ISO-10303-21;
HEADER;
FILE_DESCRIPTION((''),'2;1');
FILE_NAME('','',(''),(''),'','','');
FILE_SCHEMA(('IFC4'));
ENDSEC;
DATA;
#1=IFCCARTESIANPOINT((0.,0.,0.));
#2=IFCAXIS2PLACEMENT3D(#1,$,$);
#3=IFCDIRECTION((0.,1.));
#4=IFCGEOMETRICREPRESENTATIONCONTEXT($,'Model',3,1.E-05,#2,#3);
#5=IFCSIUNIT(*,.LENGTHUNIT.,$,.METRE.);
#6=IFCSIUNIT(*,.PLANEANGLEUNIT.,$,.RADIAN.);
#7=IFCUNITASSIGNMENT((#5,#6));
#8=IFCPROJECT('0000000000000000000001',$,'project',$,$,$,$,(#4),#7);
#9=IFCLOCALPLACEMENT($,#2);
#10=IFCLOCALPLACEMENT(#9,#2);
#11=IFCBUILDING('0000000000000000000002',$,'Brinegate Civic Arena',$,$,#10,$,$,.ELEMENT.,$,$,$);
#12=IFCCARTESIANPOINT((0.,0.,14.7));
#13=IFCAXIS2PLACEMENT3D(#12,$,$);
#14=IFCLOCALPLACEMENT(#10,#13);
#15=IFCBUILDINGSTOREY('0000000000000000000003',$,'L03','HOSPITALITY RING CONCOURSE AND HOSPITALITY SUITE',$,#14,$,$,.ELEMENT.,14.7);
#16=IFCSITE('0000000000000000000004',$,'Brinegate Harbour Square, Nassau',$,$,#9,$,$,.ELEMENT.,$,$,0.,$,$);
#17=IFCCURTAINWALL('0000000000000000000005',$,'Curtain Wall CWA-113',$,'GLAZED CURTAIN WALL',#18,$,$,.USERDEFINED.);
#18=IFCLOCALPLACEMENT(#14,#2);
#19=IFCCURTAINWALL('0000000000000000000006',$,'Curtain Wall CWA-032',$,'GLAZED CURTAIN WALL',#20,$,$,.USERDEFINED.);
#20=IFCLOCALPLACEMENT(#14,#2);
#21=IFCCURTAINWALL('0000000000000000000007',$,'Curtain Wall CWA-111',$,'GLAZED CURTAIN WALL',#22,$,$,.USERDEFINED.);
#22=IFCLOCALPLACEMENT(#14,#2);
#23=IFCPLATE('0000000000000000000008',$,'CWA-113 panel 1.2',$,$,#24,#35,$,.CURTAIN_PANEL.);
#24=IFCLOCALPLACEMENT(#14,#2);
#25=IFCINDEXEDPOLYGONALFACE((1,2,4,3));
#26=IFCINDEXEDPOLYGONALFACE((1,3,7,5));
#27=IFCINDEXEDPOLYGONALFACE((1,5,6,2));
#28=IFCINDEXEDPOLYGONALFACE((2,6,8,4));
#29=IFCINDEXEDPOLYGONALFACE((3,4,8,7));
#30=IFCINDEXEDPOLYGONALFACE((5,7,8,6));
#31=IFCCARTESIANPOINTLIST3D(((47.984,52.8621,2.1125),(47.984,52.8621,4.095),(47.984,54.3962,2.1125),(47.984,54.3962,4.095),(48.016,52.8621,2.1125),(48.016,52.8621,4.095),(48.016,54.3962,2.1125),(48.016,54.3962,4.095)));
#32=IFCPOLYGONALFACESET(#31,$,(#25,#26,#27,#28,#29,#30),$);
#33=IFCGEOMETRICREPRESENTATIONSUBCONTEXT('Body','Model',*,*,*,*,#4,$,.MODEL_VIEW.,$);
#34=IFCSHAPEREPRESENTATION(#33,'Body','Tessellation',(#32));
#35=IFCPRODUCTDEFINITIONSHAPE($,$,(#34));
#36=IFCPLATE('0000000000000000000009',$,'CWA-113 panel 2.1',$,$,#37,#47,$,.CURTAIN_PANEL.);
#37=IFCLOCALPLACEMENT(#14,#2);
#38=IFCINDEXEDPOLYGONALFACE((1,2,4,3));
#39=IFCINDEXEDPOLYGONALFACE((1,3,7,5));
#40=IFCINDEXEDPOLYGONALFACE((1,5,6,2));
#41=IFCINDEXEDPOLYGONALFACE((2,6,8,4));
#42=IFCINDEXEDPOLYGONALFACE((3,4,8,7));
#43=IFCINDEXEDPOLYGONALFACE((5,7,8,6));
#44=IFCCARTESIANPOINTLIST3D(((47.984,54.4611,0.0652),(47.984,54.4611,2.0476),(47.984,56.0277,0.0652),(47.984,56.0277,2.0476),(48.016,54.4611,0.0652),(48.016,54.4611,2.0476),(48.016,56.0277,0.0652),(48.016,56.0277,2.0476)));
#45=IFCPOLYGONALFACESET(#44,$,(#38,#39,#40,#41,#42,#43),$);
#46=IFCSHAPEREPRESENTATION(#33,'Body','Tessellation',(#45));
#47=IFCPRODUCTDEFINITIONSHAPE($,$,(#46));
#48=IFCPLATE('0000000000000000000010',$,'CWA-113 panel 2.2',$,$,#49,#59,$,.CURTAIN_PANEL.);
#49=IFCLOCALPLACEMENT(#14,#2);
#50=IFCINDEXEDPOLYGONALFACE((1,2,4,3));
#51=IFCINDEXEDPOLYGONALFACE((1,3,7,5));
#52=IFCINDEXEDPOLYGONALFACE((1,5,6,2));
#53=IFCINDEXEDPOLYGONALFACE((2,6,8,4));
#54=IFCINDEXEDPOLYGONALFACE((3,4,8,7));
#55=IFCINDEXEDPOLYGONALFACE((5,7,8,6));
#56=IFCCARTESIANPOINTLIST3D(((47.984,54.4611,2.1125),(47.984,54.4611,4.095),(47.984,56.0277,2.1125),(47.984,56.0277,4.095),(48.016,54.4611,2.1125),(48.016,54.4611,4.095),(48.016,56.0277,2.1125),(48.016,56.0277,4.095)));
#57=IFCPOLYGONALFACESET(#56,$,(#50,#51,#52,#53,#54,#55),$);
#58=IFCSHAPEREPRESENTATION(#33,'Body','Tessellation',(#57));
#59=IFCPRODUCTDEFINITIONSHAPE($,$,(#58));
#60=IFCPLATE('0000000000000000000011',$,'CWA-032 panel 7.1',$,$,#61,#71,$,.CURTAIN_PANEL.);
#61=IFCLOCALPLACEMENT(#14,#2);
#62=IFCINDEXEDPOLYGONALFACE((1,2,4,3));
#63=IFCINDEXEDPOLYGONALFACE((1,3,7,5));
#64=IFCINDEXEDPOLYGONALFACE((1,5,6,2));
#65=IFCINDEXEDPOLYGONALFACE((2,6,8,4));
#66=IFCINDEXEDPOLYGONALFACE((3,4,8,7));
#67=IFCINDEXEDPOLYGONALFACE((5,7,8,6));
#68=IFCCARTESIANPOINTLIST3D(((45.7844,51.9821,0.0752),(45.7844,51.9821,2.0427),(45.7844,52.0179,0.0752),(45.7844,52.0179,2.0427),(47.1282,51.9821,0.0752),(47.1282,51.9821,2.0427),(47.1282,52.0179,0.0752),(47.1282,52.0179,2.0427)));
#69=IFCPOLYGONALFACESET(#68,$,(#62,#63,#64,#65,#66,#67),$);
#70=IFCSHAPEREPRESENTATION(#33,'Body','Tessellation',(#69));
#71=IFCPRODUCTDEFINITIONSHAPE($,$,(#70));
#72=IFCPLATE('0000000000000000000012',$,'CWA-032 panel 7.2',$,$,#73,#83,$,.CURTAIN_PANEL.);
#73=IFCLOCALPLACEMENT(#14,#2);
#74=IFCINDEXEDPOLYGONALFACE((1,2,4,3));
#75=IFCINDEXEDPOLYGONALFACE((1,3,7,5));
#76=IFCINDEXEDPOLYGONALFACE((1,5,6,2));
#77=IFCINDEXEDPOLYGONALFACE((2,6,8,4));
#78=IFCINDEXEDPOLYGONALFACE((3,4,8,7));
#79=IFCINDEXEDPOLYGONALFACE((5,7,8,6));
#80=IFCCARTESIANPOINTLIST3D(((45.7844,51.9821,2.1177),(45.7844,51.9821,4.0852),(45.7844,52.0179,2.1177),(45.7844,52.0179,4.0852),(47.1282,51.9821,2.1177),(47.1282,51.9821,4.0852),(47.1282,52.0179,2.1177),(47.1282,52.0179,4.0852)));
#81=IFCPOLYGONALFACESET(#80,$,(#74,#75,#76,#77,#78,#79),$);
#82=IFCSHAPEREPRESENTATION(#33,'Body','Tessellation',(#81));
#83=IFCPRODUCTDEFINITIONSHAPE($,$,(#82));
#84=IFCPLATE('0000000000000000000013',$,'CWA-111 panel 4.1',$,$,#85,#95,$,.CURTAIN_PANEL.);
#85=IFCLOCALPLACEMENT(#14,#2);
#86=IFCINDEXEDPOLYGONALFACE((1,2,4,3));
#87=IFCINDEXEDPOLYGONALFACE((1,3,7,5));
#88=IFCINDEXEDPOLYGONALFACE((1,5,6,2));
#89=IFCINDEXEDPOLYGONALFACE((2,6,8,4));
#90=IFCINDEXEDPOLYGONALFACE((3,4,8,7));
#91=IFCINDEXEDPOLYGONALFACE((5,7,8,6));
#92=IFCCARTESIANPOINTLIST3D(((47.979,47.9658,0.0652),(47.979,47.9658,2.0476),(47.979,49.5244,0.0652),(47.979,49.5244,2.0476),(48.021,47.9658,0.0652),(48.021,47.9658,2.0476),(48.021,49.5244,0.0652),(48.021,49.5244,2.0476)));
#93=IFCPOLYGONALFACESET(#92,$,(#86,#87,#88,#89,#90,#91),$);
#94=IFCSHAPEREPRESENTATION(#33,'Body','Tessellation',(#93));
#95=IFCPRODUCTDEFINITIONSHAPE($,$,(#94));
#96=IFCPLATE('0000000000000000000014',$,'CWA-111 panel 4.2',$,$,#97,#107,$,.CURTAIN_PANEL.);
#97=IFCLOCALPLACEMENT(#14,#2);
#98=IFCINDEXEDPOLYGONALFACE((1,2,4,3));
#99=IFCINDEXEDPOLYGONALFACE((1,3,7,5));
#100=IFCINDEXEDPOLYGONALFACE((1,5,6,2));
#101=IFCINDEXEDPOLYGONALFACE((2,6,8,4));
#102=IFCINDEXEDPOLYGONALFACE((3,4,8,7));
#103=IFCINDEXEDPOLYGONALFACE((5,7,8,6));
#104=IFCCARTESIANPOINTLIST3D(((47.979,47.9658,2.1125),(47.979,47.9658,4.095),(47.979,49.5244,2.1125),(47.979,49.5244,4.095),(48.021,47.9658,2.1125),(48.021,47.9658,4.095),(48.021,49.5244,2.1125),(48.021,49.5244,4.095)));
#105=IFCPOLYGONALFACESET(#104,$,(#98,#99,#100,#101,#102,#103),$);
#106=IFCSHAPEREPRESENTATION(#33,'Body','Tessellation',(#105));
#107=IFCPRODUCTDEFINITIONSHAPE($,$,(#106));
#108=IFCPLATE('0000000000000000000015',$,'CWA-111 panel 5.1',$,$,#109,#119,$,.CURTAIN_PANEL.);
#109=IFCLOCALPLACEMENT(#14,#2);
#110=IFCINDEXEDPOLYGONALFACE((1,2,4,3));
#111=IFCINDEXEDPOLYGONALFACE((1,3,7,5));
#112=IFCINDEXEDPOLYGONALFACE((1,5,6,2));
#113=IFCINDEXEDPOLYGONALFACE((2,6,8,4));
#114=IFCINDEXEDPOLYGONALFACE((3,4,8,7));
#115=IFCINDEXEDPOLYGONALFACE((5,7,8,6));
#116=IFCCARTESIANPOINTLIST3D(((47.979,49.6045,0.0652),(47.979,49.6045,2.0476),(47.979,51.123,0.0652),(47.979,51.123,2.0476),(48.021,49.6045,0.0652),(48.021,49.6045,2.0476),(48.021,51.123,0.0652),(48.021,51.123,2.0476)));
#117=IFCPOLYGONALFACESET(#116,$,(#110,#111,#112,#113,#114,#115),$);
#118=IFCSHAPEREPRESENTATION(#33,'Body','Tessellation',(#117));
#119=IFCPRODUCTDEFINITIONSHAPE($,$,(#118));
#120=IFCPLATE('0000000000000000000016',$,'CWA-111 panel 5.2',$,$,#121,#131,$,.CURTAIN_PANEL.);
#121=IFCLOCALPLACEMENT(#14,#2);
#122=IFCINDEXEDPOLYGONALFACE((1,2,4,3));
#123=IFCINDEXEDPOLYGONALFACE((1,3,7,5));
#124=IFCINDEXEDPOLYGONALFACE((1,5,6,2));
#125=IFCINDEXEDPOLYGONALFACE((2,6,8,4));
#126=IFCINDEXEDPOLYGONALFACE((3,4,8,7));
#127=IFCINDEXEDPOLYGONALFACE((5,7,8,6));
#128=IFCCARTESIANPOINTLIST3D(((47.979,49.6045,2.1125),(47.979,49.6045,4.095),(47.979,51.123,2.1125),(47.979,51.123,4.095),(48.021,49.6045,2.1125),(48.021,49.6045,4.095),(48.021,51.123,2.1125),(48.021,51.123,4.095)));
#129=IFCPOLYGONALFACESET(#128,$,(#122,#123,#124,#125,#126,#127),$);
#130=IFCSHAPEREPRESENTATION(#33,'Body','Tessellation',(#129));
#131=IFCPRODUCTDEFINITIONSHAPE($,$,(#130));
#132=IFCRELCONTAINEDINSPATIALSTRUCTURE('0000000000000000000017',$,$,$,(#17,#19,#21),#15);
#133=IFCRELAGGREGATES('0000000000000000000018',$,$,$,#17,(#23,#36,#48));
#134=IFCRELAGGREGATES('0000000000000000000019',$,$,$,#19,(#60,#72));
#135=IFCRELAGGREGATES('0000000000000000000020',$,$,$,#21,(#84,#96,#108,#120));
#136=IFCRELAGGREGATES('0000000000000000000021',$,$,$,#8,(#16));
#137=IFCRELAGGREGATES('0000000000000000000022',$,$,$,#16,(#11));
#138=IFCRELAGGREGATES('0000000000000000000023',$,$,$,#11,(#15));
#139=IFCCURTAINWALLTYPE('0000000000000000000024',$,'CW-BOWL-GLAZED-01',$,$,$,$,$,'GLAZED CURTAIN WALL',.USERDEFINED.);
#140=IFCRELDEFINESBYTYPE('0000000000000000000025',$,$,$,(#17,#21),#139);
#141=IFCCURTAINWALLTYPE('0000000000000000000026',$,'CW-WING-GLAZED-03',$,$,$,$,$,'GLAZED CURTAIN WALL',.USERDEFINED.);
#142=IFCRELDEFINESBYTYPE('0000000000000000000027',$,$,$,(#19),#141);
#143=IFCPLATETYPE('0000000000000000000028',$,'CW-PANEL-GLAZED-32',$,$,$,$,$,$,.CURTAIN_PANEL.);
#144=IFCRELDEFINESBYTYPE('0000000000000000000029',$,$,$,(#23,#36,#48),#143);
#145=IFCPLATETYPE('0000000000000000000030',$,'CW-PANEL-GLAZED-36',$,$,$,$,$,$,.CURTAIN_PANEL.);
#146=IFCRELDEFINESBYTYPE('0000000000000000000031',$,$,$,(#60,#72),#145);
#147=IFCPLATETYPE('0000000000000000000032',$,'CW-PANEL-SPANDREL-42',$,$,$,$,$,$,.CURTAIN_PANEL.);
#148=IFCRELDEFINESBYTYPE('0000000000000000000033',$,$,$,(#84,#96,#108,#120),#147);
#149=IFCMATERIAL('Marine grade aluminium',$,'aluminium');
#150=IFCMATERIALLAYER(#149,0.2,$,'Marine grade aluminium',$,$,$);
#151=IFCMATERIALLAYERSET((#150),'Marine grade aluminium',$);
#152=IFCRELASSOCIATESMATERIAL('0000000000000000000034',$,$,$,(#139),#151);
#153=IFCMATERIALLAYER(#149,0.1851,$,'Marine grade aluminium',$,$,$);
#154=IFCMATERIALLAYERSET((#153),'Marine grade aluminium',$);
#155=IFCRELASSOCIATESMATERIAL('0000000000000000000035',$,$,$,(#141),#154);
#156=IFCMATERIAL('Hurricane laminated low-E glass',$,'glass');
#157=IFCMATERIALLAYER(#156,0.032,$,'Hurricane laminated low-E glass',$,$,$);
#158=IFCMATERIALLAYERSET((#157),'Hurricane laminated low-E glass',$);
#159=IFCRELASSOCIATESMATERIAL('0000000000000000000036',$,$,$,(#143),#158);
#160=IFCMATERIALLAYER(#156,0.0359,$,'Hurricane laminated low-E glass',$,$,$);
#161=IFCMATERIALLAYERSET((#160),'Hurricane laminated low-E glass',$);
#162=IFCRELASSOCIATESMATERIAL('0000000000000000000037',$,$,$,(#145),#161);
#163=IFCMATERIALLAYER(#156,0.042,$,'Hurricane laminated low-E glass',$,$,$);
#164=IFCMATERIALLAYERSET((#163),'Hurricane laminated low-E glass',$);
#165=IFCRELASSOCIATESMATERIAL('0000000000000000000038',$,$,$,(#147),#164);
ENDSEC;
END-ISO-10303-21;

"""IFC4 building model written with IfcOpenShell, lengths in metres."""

from ifc_helpers import new_model, si_unit, direction, frame, origin, origin_2d, place, context, subcontext, project, spatial, rectangle, extrude, material, layer, layer_set, type_object, element, aggregate, save


model = new_model("IFC4")

# Units and contexts
model_context = context("Model", 3, precision=1e-05, world=origin(), true_north=direction((0.0, 1.0)))
body_context = subcontext(model_context, "Body", "Model", "MODEL_VIEW")
ifc_project = project(units=[si_unit("LENGTHUNIT", "METRE"), si_unit("PLANEANGLEUNIT", "RADIAN")], contexts=[model_context])

# Site, building, storey
site_placement = place(None, origin())
site = spatial("IfcSite", under=ifc_project, at=site_placement, Name="Brinegate Harbour Square, Nassau", CompositionType="ELEMENT", RefElevation=0.0)
building_placement = place(site_placement, origin())
building = spatial("IfcBuilding", under=site, at=building_placement, Name="Brinegate Civic Arena", CompositionType="ELEMENT")
storey_placement = place(building_placement, frame((0.0, 0.0, 14.7)))
storey = spatial("IfcBuildingStorey", under=building, at=storey_placement, Name="L03", Description="HOSPITALITY RING CONCOURSE AND HOSPITALITY SUITE", CompositionType="ELEMENT", Elevation=14.7)

# Curtain wall
ifc_material_1 = material(Name="Marine grade aluminium", Category="aluminium")
ifc_layer_1 = layer(ifc_material_1, 0.2, Name="Marine grade aluminium")
ifc_layer_set_1 = layer_set([ifc_layer_1], Name="Marine grade aluminium")
curtain_wall_type_1 = type_object("IfcCurtainWallType", Name="CW-BOWL-GLAZED-01", ElementType="GLAZED CURTAIN WALL", PredefinedType="USERDEFINED", material=ifc_layer_set_1)
curtain_wall_1_placement = place(storey_placement, origin())
curtain_wall_1 = element("IfcCurtainWall", 1, at=curtain_wall_1_placement, inside=storey, type_object=curtain_wall_type_1, Name="Curtain Wall CWA-113", ObjectType="GLAZED CURTAIN WALL", PredefinedType="USERDEFINED")

# Curtain wall
ifc_layer_2 = layer(ifc_material_1, 0.1851, Name="Marine grade aluminium")
ifc_layer_set_2 = layer_set([ifc_layer_2], Name="Marine grade aluminium")
curtain_wall_type_2 = type_object("IfcCurtainWallType", Name="CW-WING-GLAZED-03", ElementType="GLAZED CURTAIN WALL", PredefinedType="USERDEFINED", material=ifc_layer_set_2)
curtain_wall_2_placement = place(storey_placement, origin())
curtain_wall_2 = element("IfcCurtainWall", 2, at=curtain_wall_2_placement, inside=storey, type_object=curtain_wall_type_2, Name="Curtain Wall CWA-032", ObjectType="GLAZED CURTAIN WALL", PredefinedType="USERDEFINED")

# Curtain wall
curtain_wall_3_placement = place(storey_placement, origin())
curtain_wall_3 = element("IfcCurtainWall", 3, at=curtain_wall_3_placement, inside=storey, type_object=curtain_wall_type_1, Name="Curtain Wall CWA-111", ObjectType="GLAZED CURTAIN WALL", PredefinedType="USERDEFINED")

# Plates
ifc_material_2 = material(Name="Hurricane laminated low-E glass", Category="glass")
ifc_layer_3 = layer(ifc_material_2, 0.032, Name="Hurricane laminated low-E glass")
ifc_layer_set_3 = layer_set([ifc_layer_3], Name="Hurricane laminated low-E glass")
plate_type_1 = type_object("IfcPlateType", Name="CW-PANEL-GLAZED-32", PredefinedType="CURTAIN_PANEL", material=ifc_layer_set_3)
plate_1_placement = place(storey_placement, frame((48.0, 53.6292, 2.1125), z_axis=(0.0, 0.0, 1.0), x_axis=(0.0, 1.0, 0.0)))
plate_1 = element("IfcPlate", 4, at=plate_1_placement, type_object=plate_type_1, Name="CWA-113 panel 1.2", PredefinedType="CURTAIN_PANEL", context=body_context, shape_type="SweptSolid", body=[
    extrude(rectangle(XDim=1.5342, YDim=0.032, at=origin_2d()), origin(), (0.0, 0.0, 1.0), 1.9824),
])
plate_2_placement = place(storey_placement, frame((48.0, 55.2444, 0.0652), z_axis=(0.0, 0.0, 1.0), x_axis=(0.0, 1.0, 0.0)))
plate_2 = element("IfcPlate", 5, at=plate_2_placement, type_object=plate_type_1, Name="CWA-113 panel 2.1", PredefinedType="CURTAIN_PANEL", context=body_context, shape_type="SweptSolid", body=[
    extrude(rectangle(XDim=1.5667, YDim=0.032, at=origin_2d()), origin(), (0.0, 0.0, 1.0), 1.9824),
])
plate_3_placement = place(storey_placement, frame((48.0, 55.2444, 2.1125), z_axis=(0.0, 0.0, 1.0), x_axis=(0.0, 1.0, 0.0)))
plate_3 = element("IfcPlate", 6, at=plate_3_placement, type_object=plate_type_1, Name="CWA-113 panel 2.2", PredefinedType="CURTAIN_PANEL", context=body_context, shape_type="SweptSolid", body=[
    extrude(rectangle(XDim=1.5667, YDim=0.032, at=origin_2d()), origin(), (0.0, 0.0, 1.0), 1.9824),
])
aggregate(curtain_wall_1, [plate_1, plate_2, plate_3])
ifc_layer_4 = layer(ifc_material_2, 0.0359, Name="Hurricane laminated low-E glass")
ifc_layer_set_4 = layer_set([ifc_layer_4], Name="Hurricane laminated low-E glass")
plate_type_2 = type_object("IfcPlateType", Name="CW-PANEL-GLAZED-36", PredefinedType="CURTAIN_PANEL", material=ifc_layer_set_4)
plate_4_placement = place(storey_placement, frame((46.4563, 52.0, 0.0752), z_axis=(0.0, 0.0, 1.0), x_axis=(1.0, 0.0, 0.0)))
plate_4 = element("IfcPlate", 7, at=plate_4_placement, type_object=plate_type_2, Name="CWA-032 panel 7.1", PredefinedType="CURTAIN_PANEL", context=body_context, shape_type="SweptSolid", body=[
    extrude(rectangle(XDim=1.3438, YDim=0.0359, at=origin_2d()), origin(), (0.0, 0.0, 1.0), 1.9675),
])
plate_5_placement = place(storey_placement, frame((46.4563, 52.0, 2.1177), z_axis=(0.0, 0.0, 1.0), x_axis=(1.0, 0.0, 0.0)))
plate_5 = element("IfcPlate", 8, at=plate_5_placement, type_object=plate_type_2, Name="CWA-032 panel 7.2", PredefinedType="CURTAIN_PANEL", context=body_context, shape_type="SweptSolid", body=[
    extrude(rectangle(XDim=1.3438, YDim=0.0359, at=origin_2d()), origin(), (0.0, 0.0, 1.0), 1.9675),
])
aggregate(curtain_wall_2, [plate_4, plate_5])
ifc_layer_5 = layer(ifc_material_2, 0.042, Name="Hurricane laminated low-E glass")
ifc_layer_set_5 = layer_set([ifc_layer_5], Name="Hurricane laminated low-E glass")
plate_type_3 = type_object("IfcPlateType", Name="CW-PANEL-SPANDREL-42", PredefinedType="CURTAIN_PANEL", material=ifc_layer_set_5)
plate_6_placement = place(storey_placement, frame((48.0, 48.7451, 0.0652), z_axis=(0.0, 0.0, 1.0), x_axis=(0.0, 1.0, 0.0)))
plate_6 = element("IfcPlate", 9, at=plate_6_placement, type_object=plate_type_3, Name="CWA-111 panel 4.1", PredefinedType="CURTAIN_PANEL", context=body_context, shape_type="SweptSolid", body=[
    extrude(rectangle(XDim=1.5586, YDim=0.042, at=origin_2d()), origin(), (0.0, 0.0, 1.0), 1.9824),
])
plate_7_placement = place(storey_placement, frame((48.0, 48.7451, 2.1125), z_axis=(0.0, 0.0, 1.0), x_axis=(0.0, 1.0, 0.0)))
plate_7 = element("IfcPlate", 10, at=plate_7_placement, type_object=plate_type_3, Name="CWA-111 panel 4.2", PredefinedType="CURTAIN_PANEL", context=body_context, shape_type="SweptSolid", body=[
    extrude(rectangle(XDim=1.5586, YDim=0.042, at=origin_2d()), origin(), (0.0, 0.0, 1.0), 1.9824),
])
plate_8_placement = place(storey_placement, frame((48.0, 50.3638, 0.0652), z_axis=(0.0, 0.0, 1.0), x_axis=(0.0, 1.0, 0.0)))
plate_8 = element("IfcPlate", 11, at=plate_8_placement, type_object=plate_type_3, Name="CWA-111 panel 5.1", PredefinedType="CURTAIN_PANEL", context=body_context, shape_type="SweptSolid", body=[
    extrude(rectangle(XDim=1.5186, YDim=0.042, at=origin_2d()), origin(), (0.0, 0.0, 1.0), 1.9824),
])
plate_9_placement = place(storey_placement, frame((48.0, 50.3638, 2.1125), z_axis=(0.0, 0.0, 1.0), x_axis=(0.0, 1.0, 0.0)))
plate_9 = element("IfcPlate", 12, at=plate_9_placement, type_object=plate_type_3, Name="CWA-111 panel 5.2", PredefinedType="CURTAIN_PANEL", context=body_context, shape_type="SweptSolid", body=[
    extrude(rectangle(XDim=1.5186, YDim=0.042, at=origin_2d()), origin(), (0.0, 0.0, 1.0), 1.9824),
])
aggregate(curtain_wall_3, [plate_6, plate_7, plate_8, plate_9])

save(model, "model.ifc")
